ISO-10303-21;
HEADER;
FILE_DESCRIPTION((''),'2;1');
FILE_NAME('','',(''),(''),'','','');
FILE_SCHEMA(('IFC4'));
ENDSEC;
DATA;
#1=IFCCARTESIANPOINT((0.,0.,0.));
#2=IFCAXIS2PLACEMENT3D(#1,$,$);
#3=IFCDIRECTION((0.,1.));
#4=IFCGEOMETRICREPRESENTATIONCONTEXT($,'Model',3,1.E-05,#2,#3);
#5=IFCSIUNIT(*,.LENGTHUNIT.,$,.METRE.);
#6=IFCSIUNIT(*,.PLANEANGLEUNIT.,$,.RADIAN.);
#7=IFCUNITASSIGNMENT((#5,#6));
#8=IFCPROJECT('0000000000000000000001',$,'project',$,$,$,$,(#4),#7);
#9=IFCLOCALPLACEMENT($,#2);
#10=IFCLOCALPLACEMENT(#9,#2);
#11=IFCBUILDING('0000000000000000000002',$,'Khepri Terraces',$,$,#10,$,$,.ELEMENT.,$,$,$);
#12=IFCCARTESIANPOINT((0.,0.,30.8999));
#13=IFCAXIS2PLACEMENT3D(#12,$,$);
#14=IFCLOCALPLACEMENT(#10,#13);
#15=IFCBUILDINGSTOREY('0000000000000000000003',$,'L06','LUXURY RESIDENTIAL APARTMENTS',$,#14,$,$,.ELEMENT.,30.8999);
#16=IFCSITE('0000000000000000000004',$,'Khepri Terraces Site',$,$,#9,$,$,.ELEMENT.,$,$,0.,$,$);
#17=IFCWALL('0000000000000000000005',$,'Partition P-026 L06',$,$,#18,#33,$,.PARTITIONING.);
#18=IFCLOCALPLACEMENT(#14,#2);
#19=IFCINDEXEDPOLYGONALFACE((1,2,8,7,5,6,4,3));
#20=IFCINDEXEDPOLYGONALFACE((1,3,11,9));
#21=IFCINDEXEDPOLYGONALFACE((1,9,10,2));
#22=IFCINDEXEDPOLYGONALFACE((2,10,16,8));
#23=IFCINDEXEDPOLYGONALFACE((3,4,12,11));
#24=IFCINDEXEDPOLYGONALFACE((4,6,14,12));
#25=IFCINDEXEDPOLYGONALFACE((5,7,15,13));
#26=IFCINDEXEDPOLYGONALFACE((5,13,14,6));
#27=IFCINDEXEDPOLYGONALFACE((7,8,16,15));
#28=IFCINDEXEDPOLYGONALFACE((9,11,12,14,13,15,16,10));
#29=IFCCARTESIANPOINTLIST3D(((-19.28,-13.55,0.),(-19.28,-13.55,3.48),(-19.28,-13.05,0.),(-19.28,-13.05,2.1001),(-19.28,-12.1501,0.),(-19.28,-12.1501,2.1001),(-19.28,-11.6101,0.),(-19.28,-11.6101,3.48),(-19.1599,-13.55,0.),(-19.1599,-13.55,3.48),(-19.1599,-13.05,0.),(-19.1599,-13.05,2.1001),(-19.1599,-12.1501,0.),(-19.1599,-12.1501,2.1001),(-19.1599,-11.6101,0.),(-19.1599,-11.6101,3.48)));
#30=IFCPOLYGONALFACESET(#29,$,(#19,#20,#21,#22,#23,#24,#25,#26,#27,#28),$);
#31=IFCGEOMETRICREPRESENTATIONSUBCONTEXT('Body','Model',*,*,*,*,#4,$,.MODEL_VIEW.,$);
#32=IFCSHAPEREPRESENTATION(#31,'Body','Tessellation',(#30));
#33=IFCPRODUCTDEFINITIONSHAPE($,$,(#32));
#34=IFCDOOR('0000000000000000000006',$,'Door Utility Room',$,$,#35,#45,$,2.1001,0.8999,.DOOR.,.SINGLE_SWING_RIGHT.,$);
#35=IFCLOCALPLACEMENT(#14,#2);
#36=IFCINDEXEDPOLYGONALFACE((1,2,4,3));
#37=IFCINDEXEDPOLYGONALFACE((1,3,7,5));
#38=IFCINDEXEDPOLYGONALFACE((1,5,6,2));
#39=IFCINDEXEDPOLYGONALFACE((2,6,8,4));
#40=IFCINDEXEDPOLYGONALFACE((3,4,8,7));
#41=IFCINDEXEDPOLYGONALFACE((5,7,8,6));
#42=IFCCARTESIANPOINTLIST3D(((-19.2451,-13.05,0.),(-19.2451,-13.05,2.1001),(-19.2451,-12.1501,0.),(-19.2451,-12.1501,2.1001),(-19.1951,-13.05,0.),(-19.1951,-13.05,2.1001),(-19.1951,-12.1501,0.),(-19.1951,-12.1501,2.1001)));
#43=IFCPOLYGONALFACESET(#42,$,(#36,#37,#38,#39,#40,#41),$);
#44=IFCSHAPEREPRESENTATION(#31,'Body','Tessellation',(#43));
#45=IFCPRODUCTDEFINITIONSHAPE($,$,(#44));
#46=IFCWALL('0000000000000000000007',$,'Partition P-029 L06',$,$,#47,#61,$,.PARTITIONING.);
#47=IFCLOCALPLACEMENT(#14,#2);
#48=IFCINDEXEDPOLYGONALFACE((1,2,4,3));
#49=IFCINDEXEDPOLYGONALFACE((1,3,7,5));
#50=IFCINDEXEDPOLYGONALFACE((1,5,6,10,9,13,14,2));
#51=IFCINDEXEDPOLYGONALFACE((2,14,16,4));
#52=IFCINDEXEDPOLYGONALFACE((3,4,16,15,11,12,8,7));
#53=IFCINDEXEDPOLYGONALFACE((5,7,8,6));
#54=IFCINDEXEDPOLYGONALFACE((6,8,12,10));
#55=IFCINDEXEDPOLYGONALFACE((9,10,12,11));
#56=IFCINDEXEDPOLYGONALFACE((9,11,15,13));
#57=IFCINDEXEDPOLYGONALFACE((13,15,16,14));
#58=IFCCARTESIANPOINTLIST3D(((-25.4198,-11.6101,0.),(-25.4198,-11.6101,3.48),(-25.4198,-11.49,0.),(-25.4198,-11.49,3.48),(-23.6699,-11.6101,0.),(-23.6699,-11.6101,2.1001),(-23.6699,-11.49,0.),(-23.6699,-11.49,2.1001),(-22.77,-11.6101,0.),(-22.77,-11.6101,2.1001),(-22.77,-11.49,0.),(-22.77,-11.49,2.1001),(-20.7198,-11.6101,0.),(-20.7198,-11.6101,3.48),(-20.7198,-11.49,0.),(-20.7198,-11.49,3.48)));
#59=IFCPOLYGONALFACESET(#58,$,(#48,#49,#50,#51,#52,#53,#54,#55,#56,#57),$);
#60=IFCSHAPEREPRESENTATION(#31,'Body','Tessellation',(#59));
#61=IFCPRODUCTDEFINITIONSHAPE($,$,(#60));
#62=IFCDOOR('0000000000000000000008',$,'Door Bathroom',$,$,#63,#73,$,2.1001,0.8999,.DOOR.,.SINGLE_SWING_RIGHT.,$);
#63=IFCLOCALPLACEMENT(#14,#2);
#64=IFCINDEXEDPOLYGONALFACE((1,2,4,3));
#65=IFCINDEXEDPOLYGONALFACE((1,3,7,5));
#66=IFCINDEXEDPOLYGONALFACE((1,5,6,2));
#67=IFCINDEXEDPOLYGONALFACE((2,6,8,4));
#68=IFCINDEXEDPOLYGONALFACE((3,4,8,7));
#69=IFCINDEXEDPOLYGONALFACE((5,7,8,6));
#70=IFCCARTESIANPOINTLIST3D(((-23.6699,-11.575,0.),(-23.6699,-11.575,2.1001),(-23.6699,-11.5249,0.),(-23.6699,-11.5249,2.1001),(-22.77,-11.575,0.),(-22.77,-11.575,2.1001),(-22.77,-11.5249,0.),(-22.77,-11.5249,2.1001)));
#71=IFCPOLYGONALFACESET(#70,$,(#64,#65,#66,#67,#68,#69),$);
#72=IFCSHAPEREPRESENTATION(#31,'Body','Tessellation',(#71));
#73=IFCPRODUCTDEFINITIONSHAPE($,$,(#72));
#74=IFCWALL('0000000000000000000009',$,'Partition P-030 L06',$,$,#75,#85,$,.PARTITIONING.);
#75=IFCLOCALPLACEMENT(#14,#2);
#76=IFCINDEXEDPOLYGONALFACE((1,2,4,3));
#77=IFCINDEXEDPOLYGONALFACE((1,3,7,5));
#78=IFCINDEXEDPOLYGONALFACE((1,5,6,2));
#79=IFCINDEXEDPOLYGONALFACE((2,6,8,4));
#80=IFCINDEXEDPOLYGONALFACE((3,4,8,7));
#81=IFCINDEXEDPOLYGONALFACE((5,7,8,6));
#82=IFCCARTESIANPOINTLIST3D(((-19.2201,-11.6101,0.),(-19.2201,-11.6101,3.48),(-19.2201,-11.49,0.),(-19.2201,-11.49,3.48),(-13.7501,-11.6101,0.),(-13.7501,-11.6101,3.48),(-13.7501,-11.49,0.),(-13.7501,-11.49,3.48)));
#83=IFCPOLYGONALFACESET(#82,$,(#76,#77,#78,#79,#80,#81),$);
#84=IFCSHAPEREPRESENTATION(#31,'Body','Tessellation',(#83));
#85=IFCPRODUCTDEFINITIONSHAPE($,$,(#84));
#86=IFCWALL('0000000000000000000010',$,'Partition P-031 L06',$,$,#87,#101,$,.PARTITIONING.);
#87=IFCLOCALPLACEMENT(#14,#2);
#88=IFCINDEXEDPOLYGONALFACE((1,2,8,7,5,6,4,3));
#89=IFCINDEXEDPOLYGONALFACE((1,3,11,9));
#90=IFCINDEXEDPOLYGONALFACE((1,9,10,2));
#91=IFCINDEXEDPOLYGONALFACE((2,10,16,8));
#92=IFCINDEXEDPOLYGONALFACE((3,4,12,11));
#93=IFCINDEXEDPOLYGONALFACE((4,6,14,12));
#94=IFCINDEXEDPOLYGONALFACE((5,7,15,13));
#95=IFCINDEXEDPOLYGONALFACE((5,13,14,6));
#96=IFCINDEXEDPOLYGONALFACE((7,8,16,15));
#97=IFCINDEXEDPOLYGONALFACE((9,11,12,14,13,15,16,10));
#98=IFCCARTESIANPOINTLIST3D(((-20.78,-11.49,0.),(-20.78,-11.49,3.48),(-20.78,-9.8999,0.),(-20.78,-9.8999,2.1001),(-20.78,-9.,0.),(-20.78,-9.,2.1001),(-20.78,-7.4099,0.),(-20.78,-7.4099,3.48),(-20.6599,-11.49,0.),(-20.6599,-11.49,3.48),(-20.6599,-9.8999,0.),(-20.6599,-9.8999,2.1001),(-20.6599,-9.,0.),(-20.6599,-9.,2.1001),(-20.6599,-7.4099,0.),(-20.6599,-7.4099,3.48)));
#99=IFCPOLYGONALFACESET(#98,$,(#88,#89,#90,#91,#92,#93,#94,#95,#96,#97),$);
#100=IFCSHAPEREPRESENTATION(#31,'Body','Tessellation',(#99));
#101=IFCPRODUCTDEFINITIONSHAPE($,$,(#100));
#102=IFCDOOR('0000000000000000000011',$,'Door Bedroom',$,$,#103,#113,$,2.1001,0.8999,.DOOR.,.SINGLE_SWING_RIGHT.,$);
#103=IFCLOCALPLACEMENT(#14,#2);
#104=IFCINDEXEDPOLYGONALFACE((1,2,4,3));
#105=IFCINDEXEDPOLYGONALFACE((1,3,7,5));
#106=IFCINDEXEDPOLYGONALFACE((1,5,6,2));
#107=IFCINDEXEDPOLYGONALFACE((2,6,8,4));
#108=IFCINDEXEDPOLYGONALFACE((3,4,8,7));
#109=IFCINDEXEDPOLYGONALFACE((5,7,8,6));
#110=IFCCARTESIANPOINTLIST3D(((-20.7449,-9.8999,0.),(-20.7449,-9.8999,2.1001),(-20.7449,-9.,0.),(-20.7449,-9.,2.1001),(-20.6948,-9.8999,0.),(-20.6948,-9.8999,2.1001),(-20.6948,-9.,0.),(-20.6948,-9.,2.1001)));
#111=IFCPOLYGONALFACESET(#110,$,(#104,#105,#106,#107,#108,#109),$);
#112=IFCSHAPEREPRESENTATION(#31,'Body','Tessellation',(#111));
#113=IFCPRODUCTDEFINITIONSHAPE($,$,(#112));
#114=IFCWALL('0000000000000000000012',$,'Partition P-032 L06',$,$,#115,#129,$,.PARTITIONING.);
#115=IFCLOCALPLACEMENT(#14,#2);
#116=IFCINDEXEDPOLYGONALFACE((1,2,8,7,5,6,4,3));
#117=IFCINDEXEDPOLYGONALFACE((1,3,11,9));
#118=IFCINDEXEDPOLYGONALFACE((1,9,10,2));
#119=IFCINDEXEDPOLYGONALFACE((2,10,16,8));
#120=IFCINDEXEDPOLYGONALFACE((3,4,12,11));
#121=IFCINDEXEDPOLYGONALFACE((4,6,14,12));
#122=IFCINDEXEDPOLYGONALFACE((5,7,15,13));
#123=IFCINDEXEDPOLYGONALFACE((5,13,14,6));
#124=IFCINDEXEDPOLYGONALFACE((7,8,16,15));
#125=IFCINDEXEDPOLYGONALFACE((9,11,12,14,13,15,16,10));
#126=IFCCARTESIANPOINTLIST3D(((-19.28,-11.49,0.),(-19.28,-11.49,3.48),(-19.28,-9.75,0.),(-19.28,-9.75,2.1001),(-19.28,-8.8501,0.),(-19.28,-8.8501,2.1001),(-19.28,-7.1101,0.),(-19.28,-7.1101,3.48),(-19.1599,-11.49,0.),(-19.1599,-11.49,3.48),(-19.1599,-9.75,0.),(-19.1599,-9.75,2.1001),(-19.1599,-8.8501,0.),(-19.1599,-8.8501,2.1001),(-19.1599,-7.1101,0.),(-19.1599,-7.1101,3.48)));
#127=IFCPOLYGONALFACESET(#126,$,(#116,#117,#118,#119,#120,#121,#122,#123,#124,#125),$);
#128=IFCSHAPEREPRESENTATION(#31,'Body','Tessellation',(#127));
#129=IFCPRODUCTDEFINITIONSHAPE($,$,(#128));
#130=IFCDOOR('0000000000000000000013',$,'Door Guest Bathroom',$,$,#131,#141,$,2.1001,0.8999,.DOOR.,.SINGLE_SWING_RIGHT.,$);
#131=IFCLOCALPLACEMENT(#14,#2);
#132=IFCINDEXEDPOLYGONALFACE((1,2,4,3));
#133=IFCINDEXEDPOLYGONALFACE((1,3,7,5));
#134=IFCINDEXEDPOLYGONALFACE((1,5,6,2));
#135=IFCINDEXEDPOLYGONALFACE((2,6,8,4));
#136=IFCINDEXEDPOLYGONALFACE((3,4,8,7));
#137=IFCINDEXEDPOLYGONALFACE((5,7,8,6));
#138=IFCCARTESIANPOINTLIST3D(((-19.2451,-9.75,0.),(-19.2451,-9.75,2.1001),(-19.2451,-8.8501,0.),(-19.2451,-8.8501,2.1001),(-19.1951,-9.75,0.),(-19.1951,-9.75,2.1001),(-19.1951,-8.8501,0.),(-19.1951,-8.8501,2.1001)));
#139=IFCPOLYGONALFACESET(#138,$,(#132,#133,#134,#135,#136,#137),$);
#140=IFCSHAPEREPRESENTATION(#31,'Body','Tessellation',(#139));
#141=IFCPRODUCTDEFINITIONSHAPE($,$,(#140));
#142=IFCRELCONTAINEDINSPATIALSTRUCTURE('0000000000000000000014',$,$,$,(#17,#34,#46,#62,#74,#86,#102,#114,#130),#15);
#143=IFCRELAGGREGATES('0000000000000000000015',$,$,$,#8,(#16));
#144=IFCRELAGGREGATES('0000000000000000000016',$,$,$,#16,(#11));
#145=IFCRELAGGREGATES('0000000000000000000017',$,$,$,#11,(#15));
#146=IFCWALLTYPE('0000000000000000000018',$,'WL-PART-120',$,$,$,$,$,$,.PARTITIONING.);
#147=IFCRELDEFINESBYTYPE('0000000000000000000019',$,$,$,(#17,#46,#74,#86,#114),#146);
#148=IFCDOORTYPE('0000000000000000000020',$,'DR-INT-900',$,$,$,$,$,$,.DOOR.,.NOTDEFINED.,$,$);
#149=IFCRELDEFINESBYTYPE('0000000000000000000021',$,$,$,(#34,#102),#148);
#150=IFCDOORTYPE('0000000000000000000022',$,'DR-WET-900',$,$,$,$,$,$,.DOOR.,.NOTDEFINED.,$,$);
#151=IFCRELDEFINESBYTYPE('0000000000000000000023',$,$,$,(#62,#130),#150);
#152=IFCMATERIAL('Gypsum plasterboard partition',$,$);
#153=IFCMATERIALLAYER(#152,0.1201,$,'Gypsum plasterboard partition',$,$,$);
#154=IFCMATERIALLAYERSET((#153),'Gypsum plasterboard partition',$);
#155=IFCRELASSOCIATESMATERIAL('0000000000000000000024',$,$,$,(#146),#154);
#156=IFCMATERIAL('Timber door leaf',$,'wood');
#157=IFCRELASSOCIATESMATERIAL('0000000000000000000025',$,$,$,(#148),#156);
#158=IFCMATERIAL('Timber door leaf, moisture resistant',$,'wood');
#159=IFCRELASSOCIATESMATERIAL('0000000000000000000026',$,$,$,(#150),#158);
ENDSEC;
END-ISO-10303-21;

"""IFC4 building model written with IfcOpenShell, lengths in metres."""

from ifc_helpers import new_model, si_unit, direction, frame, frame_2d, origin, place, context, subcontext, project, spatial, rectangle, extrude, material, layer, layer_set, type_object, element, fill, save


model = new_model("IFC4")

# Units and contexts
model_context = context("Model", 3, precision=1e-05, world=origin(), true_north=direction((0.0, 1.0)))
body_context = subcontext(model_context, "Body", "Model", "MODEL_VIEW")
ifc_project = project(units=[si_unit("LENGTHUNIT", "METRE"), si_unit("PLANEANGLEUNIT", "RADIAN")], contexts=[model_context])

# Site, building, storey
site_placement = place(None, origin())
site = spatial("IfcSite", under=ifc_project, at=site_placement, Name="Khepri Terraces Site", CompositionType="ELEMENT", RefElevation=0.0)
building_placement = place(site_placement, origin())
building = spatial("IfcBuilding", under=site, at=building_placement, Name="Khepri Terraces", CompositionType="ELEMENT")
storey_placement = place(building_placement, frame((0.0, 0.0, 30.8999)))
storey = spatial("IfcBuildingStorey", under=building, at=storey_placement, Name="L06", Description="LUXURY RESIDENTIAL APARTMENTS", CompositionType="ELEMENT", Elevation=30.8999)

# Shared definitions
ifc_material_1 = material(Name="Gypsum plasterboard partition")
ifc_layer_1 = layer(ifc_material_1, 0.1201, Name="Gypsum plasterboard partition")
ifc_layer_set_1 = layer_set([ifc_layer_1], Name="Gypsum plasterboard partition")
wall_type_1 = type_object("IfcWallType", Name="WL-PART-120", PredefinedType="PARTITIONING", material=ifc_layer_set_1)

# Walls, openings, doors
wall_1_placement = place(storey_placement, frame((-19.22, -13.55, 0.0), z_axis=(0.0, 0.0, 1.0), x_axis=(0.0, 1.0, 0.0)))
wall_1 = element("IfcWall", 1, at=wall_1_placement, inside=storey, type_object=wall_type_1, Name="Partition P-026 L06", PredefinedType="PARTITIONING", context=body_context, shape_type="SweptSolid", body=[
    extrude(rectangle(XDim=1.9399, YDim=0.1201, at=frame_2d((0.97, 0.0))), origin(), (0.0, 0.0, 1.0), 3.48),
])
opening_1_placement = place(wall_1_placement, frame((0.5, 0.0, 0.0)))
opening_1 = element("IfcOpeningElement", 2, at=opening_1_placement, cuts=wall_1, PredefinedType="OPENING", context=body_context, shape_type="SweptSolid", body=[
    extrude(rectangle(XDim=0.8999, YDim=2.1001, at=frame_2d((0.45, 1.05))), frame((0.0, 0.0701, 0.0), z_axis=(0.0, -1.0, 0.0), x_axis=(1.0, 0.0, 0.0)), (0.0, 0.0, 1.0), 0.1401),
])
ifc_material_2 = material(Name="Timber door leaf", Category="wood")
door_type_1 = type_object("IfcDoorType", Name="DR-INT-900", OperationType="NOTDEFINED", PredefinedType="DOOR", material=ifc_material_2)
door_1_placement = place(opening_1_placement, frame((0.8999, 0.0, 0.0), z_axis=(0.0, 0.0, 1.0), x_axis=(-1.0, 0.0, 0.0)))
door_1 = element("IfcDoor", 3, at=door_1_placement, inside=storey, type_object=door_type_1, Name="Door Utility Room", OperationType="SINGLE_SWING_RIGHT", OverallHeight=2.1001, OverallWidth=0.8999, PredefinedType="DOOR", context=body_context, shape_type="SweptSolid", body=[
    extrude(rectangle(XDim=0.8999, YDim=2.1001, at=frame_2d((0.45, 1.05))), frame((0.0, 0.0249, 0.0), z_axis=(0.0, -1.0, 0.0), x_axis=(1.0, 0.0, 0.0)), (0.0, 0.0, 1.0), 0.05),
])
fill(opening_1, door_1)
wall_2_placement = place(storey_placement, frame((-25.4199, -11.55, 0.0), z_axis=(0.0, 0.0, 1.0), x_axis=(1.0, 0.0, 0.0)))
wall_2 = element("IfcWall", 4, at=wall_2_placement, inside=storey, type_object=wall_type_1, Name="Partition P-029 L06", PredefinedType="PARTITIONING", context=body_context, shape_type="SweptSolid", body=[
    extrude(rectangle(XDim=4.7, YDim=0.1201, at=frame_2d((2.3501, 0.0))), origin(), (0.0, 0.0, 1.0), 3.48),
])
opening_2_placement = place(wall_2_placement, frame((1.75, 0.0, 0.0)))
opening_2 = element("IfcOpeningElement", 5, at=opening_2_placement, cuts=wall_2, PredefinedType="OPENING", context=body_context, shape_type="SweptSolid", body=[
    extrude(rectangle(XDim=0.8999, YDim=2.1001, at=frame_2d((0.45, 1.05))), frame((0.0, 0.0701, 0.0), z_axis=(0.0, -1.0, 0.0), x_axis=(1.0, 0.0, 0.0)), (0.0, 0.0, 1.0), 0.1401),
])
ifc_material_3 = material(Name="Timber door leaf, moisture resistant", Category="wood")
door_type_2 = type_object("IfcDoorType", Name="DR-WET-900", OperationType="NOTDEFINED", PredefinedType="DOOR", material=ifc_material_3)
door_2_placement = place(opening_2_placement, frame((0.8999, 0.0, 0.0), z_axis=(0.0, 0.0, 1.0), x_axis=(-1.0, 0.0, 0.0)))
door_2 = element("IfcDoor", 6, at=door_2_placement, inside=storey, type_object=door_type_2, Name="Door Bathroom", OperationType="SINGLE_SWING_RIGHT", OverallHeight=2.1001, OverallWidth=0.8999, PredefinedType="DOOR", context=body_context, shape_type="SweptSolid", body=[
    extrude(rectangle(XDim=0.8999, YDim=2.1001, at=frame_2d((0.45, 1.05))), frame((0.0, 0.0249, 0.0), z_axis=(0.0, -1.0, 0.0), x_axis=(1.0, 0.0, 0.0)), (0.0, 0.0, 1.0), 0.05),
])
fill(opening_2, door_2)

# Wall
wall_3_placement = place(storey_placement, frame((-19.22, -11.55, 0.0), z_axis=(0.0, 0.0, 1.0), x_axis=(1.0, 0.0, 0.0)))
element("IfcWall", 7, at=wall_3_placement, inside=storey, type_object=wall_type_1, Name="Partition P-030 L06", PredefinedType="PARTITIONING", context=body_context, shape_type="SweptSolid", body=[
    extrude(rectangle(XDim=5.47, YDim=0.1201, at=frame_2d((2.7349, 0.0))), origin(), (0.0, 0.0, 1.0), 3.48),
])

# Walls, openings, doors
wall_4_placement = place(storey_placement, frame((-20.72, -11.49, 0.0), z_axis=(0.0, 0.0, 1.0), x_axis=(0.0, 1.0, 0.0)))
wall_4 = element("IfcWall", 8, at=wall_4_placement, inside=storey, type_object=wall_type_1, Name="Partition P-031 L06", PredefinedType="PARTITIONING", context=body_context, shape_type="SweptSolid", body=[
    extrude(rectangle(XDim=4.0801, YDim=0.1201, at=frame_2d((2.04, 0.0))), origin(), (0.0, 0.0, 1.0), 3.48),
])
opening_3_placement = place(wall_4_placement, frame((1.5901, 0.0, 0.0)))
opening_3 = element("IfcOpeningElement", 9, at=opening_3_placement, cuts=wall_4, PredefinedType="OPENING", context=body_context, shape_type="SweptSolid", body=[
    extrude(rectangle(XDim=0.8999, YDim=2.1001, at=frame_2d((0.45, 1.05))), frame((0.0, 0.0701, 0.0), z_axis=(0.0, -1.0, 0.0), x_axis=(1.0, 0.0, 0.0)), (0.0, 0.0, 1.0), 0.1401),
])
door_3_placement = place(opening_3_placement, origin())
door_3 = element("IfcDoor", 10, at=door_3_placement, inside=storey, type_object=door_type_1, Name="Door Bedroom", OperationType="SINGLE_SWING_RIGHT", OverallHeight=2.1001, OverallWidth=0.8999, PredefinedType="DOOR", context=body_context, shape_type="SweptSolid", body=[
    extrude(rectangle(XDim=0.8999, YDim=2.1001, at=frame_2d((0.45, 1.05))), frame((0.0, 0.0249, 0.0), z_axis=(0.0, -1.0, 0.0), x_axis=(1.0, 0.0, 0.0)), (0.0, 0.0, 1.0), 0.05),
])
fill(opening_3, door_3)
wall_5_placement = place(storey_placement, frame((-19.22, -11.49, 0.0), z_axis=(0.0, 0.0, 1.0), x_axis=(0.0, 1.0, 0.0)))
wall_5 = element("IfcWall", 11, at=wall_5_placement, inside=storey, type_object=wall_type_1, Name="Partition P-032 L06", PredefinedType="PARTITIONING", context=body_context, shape_type="SweptSolid", body=[
    extrude(rectangle(XDim=4.3799, YDim=0.1201, at=frame_2d((2.1899, 0.0))), origin(), (0.0, 0.0, 1.0), 3.48),
])
opening_4_placement = place(wall_5_placement, frame((1.74, 0.0, 0.0)))
opening_4 = element("IfcOpeningElement", 12, at=opening_4_placement, cuts=wall_5, PredefinedType="OPENING", context=body_context, shape_type="SweptSolid", body=[
    extrude(rectangle(XDim=0.8999, YDim=2.1001, at=frame_2d((0.45, 1.05))), frame((0.0, 0.0701, 0.0), z_axis=(0.0, -1.0, 0.0), x_axis=(1.0, 0.0, 0.0)), (0.0, 0.0, 1.0), 0.1401),
])
door_4_placement = place(opening_4_placement, frame((0.8999, 0.0, 0.0), z_axis=(0.0, 0.0, 1.0), x_axis=(-1.0, 0.0, 0.0)))
door_4 = element("IfcDoor", 13, at=door_4_placement, inside=storey, type_object=door_type_2, Name="Door Guest Bathroom", OperationType="SINGLE_SWING_RIGHT", OverallHeight=2.1001, OverallWidth=0.8999, PredefinedType="DOOR", context=body_context, shape_type="SweptSolid", body=[
    extrude(rectangle(XDim=0.8999, YDim=2.1001, at=frame_2d((0.45, 1.05))), frame((0.0, 0.0249, 0.0), z_axis=(0.0, -1.0, 0.0), x_axis=(1.0, 0.0, 0.0)), (0.0, 0.0, 1.0), 0.05),
])
fill(opening_4, door_4)

save(model, "model.ifc")
